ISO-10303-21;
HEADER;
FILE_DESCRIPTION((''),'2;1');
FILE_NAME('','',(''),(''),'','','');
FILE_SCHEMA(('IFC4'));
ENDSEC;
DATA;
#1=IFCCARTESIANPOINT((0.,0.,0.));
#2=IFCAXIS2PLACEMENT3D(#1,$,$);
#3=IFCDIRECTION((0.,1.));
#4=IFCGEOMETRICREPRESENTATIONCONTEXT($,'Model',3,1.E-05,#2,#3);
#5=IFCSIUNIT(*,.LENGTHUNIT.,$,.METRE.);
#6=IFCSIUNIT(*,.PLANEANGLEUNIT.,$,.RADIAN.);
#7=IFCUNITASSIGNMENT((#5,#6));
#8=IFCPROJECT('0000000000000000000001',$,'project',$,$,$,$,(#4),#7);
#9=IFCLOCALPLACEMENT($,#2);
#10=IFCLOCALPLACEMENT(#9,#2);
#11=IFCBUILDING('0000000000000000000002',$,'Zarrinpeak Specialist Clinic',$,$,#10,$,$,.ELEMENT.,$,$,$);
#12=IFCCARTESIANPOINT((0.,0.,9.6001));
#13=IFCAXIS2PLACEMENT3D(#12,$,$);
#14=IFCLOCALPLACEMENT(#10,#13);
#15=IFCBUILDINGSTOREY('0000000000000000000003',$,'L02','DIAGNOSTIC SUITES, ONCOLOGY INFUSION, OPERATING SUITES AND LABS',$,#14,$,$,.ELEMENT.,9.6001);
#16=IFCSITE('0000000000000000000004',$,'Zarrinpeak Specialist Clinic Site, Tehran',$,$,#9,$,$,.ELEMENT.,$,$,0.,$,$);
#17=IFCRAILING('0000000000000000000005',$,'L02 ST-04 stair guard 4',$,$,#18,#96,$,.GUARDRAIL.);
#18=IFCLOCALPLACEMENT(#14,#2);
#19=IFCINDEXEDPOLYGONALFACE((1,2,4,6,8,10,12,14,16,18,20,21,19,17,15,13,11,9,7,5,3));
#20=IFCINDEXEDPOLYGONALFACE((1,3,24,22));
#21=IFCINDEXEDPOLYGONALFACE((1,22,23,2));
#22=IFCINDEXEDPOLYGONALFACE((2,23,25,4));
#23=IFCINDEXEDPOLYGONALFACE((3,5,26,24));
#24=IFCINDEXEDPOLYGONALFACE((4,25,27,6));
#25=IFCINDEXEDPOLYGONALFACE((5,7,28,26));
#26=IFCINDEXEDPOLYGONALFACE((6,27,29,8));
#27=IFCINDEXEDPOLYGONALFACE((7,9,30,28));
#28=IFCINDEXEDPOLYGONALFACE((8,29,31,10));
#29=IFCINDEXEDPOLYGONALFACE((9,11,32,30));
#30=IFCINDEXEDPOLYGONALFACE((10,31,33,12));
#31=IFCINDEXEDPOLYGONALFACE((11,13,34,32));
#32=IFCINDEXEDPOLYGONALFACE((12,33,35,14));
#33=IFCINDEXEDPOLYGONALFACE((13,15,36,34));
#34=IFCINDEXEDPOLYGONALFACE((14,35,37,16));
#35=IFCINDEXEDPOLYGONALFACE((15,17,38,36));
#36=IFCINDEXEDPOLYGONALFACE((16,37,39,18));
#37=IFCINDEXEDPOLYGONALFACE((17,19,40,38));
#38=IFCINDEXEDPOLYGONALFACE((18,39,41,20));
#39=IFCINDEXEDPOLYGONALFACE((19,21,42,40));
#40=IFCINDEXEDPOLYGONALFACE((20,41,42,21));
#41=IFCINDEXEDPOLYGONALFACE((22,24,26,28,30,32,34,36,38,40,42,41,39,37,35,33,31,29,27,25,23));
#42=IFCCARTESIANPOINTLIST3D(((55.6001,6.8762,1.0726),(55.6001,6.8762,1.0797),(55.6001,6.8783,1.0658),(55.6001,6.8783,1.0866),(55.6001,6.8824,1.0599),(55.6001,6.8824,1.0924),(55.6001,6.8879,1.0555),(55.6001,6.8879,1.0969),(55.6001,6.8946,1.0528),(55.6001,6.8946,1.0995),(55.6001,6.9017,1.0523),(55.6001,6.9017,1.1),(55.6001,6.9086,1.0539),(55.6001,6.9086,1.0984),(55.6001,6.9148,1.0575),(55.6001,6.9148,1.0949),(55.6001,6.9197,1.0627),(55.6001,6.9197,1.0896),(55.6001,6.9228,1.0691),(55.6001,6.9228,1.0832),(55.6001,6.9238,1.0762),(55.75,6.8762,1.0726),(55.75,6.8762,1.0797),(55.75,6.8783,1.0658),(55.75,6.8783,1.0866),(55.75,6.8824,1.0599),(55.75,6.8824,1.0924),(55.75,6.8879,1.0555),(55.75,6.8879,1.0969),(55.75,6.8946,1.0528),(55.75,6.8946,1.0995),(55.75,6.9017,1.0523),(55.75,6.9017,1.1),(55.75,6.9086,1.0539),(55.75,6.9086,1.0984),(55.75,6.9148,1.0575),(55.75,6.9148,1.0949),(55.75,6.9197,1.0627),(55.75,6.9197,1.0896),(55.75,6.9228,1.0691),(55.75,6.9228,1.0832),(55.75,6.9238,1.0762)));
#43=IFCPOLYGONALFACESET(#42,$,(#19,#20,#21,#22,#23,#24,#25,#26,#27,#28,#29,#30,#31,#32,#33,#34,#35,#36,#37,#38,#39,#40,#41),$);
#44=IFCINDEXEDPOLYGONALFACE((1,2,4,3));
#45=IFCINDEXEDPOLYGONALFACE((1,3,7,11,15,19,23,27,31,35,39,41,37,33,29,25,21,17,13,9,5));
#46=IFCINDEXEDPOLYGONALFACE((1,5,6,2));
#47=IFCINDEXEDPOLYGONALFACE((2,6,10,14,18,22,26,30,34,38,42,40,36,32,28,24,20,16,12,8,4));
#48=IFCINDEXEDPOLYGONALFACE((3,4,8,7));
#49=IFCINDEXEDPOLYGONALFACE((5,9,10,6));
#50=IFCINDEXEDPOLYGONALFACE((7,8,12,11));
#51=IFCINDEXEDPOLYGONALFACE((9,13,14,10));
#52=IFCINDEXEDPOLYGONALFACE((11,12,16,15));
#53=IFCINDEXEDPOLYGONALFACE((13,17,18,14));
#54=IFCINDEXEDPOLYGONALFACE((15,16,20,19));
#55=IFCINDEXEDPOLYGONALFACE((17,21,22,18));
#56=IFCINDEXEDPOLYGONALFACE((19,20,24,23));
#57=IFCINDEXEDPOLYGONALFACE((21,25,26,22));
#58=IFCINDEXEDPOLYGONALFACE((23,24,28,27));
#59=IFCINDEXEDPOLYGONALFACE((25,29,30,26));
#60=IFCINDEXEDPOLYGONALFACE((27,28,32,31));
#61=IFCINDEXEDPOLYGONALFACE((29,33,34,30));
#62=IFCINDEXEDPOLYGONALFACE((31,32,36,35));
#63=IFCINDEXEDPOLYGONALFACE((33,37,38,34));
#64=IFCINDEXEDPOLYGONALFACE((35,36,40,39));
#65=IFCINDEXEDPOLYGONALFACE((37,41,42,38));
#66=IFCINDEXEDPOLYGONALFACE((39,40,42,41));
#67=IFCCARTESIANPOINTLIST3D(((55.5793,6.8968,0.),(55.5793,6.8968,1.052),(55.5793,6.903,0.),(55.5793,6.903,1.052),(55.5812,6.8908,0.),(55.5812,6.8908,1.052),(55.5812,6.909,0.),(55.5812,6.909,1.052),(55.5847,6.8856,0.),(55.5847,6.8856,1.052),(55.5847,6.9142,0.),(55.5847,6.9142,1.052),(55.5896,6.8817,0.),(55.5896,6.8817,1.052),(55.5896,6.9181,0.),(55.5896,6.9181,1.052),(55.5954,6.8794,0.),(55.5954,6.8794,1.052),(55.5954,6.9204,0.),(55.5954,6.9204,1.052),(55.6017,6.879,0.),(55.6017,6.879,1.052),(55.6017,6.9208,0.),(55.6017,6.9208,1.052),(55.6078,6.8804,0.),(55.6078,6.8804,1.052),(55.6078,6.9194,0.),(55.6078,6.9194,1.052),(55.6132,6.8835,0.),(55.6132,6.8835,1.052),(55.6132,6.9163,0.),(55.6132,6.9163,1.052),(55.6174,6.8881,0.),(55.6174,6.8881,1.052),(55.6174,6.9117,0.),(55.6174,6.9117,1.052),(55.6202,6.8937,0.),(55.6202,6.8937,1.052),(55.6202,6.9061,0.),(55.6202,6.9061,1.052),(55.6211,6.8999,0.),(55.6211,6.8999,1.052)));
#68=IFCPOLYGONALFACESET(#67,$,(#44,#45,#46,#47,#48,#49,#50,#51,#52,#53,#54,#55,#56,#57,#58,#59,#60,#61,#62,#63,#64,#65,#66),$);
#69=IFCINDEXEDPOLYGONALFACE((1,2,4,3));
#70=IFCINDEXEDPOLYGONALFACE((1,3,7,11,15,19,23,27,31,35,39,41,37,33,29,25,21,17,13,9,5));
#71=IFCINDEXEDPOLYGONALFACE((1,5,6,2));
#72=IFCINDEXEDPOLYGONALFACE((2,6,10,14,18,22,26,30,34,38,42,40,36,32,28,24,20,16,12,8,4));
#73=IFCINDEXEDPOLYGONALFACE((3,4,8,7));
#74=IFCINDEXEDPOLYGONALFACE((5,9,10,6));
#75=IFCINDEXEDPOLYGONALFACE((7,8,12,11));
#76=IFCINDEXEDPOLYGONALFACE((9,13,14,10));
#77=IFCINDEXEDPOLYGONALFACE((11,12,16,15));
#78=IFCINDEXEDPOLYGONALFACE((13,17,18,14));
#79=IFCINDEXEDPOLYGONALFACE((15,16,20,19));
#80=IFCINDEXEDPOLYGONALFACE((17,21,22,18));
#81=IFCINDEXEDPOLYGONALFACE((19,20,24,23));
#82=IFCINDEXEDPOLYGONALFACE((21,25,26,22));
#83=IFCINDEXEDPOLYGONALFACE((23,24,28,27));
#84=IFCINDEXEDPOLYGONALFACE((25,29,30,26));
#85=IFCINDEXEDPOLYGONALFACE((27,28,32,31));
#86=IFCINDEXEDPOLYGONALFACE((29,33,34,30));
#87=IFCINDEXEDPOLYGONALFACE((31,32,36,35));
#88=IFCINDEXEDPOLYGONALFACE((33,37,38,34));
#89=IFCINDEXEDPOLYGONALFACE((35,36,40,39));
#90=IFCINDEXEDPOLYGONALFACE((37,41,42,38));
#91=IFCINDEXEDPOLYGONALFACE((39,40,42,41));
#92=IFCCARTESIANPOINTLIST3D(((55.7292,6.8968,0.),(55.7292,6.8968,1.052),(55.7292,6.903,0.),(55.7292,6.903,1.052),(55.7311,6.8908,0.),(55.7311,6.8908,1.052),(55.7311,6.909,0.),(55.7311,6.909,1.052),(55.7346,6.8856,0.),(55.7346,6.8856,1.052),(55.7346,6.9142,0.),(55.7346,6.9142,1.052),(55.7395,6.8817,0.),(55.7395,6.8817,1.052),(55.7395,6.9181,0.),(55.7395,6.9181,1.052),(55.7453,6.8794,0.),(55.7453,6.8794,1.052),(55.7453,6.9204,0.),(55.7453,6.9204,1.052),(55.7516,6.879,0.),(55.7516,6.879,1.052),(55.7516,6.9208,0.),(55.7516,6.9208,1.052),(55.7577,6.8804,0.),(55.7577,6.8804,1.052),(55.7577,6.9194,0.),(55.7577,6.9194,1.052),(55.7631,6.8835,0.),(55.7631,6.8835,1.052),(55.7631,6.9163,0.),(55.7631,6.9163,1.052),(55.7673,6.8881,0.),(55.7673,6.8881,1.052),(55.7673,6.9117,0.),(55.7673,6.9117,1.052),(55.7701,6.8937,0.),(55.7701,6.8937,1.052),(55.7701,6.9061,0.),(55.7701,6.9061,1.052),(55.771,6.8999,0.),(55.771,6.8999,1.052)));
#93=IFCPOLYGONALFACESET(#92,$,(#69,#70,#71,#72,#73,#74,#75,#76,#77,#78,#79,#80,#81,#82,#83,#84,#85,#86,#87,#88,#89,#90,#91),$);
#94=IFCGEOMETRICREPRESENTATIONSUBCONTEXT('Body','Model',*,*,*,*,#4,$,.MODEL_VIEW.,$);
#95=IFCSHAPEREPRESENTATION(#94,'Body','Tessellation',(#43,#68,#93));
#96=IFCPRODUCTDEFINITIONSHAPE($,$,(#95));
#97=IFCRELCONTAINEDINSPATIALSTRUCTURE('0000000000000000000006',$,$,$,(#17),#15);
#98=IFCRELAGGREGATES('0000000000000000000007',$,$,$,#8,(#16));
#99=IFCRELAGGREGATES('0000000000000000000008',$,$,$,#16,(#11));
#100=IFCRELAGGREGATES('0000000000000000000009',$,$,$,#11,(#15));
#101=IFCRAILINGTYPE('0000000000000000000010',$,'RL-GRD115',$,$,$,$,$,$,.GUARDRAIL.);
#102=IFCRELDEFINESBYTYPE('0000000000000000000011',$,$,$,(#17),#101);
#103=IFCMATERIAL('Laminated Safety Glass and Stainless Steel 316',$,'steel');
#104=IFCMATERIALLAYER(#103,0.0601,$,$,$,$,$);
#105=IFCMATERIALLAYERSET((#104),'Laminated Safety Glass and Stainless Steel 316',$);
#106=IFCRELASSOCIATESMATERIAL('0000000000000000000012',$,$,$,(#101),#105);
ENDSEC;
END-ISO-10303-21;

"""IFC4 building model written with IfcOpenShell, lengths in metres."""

from ifc_helpers import new_model, si_unit, direction, frame, origin, origin_2d, place, context, subcontext, project, spatial, circle, extrude, material, layer, layer_set, type_object, element, save


model = new_model("IFC4")

# Units and contexts
model_context = context("Model", 3, precision=1e-05, world=origin(), true_north=direction((0.0, 1.0)))
body_context = subcontext(model_context, "Body", "Model", "MODEL_VIEW")
ifc_project = project(units=[si_unit("LENGTHUNIT", "METRE"), si_unit("PLANEANGLEUNIT", "RADIAN")], contexts=[model_context])

# Site, building, storey
site_placement = place(None, origin())
site = spatial("IfcSite", under=ifc_project, at=site_placement, Name="Zarrinpeak Specialist Clinic Site, Tehran", CompositionType="ELEMENT", RefElevation=0.0)
building_placement = place(site_placement, origin())
building = spatial("IfcBuilding", under=site, at=building_placement, Name="Zarrinpeak Specialist Clinic", CompositionType="ELEMENT")
storey_placement = place(building_placement, frame((0.0, 0.0, 9.6001)))
storey = spatial("IfcBuildingStorey", under=building, at=storey_placement, Name="L02", Description="DIAGNOSTIC SUITES, ONCOLOGY INFUSION, OPERATING SUITES AND LABS", CompositionType="ELEMENT", Elevation=9.6001)

# Railing
ifc_material_1 = material(Name="Laminated Safety Glass and Stainless Steel 316", Category="steel")
ifc_layer_1 = layer(ifc_material_1, 0.0601)
ifc_layer_set_1 = layer_set([ifc_layer_1], Name="Laminated Safety Glass and Stainless Steel 316")
railing_type_1 = type_object("IfcRailingType", Name="RL-GRD115", PredefinedType="GUARDRAIL", material=ifc_layer_set_1)
railing_1_placement = place(storey_placement, frame((55.6001, 6.8999, 0.0)))
element("IfcRailing", 1, at=railing_1_placement, inside=storey, type_object=railing_type_1, Name="L02 ST-04 stair guard 4", PredefinedType="GUARDRAIL", context=body_context, shape_type="SweptSolid", body=[
    extrude(circle(Radius=0.0239, at=origin_2d()), frame((0.0, 0.0, 1.0762), z_axis=(1.0, 0.0, 0.0), x_axis=(0.0, 1.0, 0.0)), (0.0, 0.0, 1.0), 0.1499),
    extrude(circle(Radius=0.021, at=origin_2d()), origin(), (0.0, 0.0, 1.0), 1.052),
    extrude(circle(Radius=0.021, at=origin_2d()), frame((0.1499, 0.0, 0.0)), (0.0, 0.0, 1.0), 1.052),
])

save(model, "model.ifc")
